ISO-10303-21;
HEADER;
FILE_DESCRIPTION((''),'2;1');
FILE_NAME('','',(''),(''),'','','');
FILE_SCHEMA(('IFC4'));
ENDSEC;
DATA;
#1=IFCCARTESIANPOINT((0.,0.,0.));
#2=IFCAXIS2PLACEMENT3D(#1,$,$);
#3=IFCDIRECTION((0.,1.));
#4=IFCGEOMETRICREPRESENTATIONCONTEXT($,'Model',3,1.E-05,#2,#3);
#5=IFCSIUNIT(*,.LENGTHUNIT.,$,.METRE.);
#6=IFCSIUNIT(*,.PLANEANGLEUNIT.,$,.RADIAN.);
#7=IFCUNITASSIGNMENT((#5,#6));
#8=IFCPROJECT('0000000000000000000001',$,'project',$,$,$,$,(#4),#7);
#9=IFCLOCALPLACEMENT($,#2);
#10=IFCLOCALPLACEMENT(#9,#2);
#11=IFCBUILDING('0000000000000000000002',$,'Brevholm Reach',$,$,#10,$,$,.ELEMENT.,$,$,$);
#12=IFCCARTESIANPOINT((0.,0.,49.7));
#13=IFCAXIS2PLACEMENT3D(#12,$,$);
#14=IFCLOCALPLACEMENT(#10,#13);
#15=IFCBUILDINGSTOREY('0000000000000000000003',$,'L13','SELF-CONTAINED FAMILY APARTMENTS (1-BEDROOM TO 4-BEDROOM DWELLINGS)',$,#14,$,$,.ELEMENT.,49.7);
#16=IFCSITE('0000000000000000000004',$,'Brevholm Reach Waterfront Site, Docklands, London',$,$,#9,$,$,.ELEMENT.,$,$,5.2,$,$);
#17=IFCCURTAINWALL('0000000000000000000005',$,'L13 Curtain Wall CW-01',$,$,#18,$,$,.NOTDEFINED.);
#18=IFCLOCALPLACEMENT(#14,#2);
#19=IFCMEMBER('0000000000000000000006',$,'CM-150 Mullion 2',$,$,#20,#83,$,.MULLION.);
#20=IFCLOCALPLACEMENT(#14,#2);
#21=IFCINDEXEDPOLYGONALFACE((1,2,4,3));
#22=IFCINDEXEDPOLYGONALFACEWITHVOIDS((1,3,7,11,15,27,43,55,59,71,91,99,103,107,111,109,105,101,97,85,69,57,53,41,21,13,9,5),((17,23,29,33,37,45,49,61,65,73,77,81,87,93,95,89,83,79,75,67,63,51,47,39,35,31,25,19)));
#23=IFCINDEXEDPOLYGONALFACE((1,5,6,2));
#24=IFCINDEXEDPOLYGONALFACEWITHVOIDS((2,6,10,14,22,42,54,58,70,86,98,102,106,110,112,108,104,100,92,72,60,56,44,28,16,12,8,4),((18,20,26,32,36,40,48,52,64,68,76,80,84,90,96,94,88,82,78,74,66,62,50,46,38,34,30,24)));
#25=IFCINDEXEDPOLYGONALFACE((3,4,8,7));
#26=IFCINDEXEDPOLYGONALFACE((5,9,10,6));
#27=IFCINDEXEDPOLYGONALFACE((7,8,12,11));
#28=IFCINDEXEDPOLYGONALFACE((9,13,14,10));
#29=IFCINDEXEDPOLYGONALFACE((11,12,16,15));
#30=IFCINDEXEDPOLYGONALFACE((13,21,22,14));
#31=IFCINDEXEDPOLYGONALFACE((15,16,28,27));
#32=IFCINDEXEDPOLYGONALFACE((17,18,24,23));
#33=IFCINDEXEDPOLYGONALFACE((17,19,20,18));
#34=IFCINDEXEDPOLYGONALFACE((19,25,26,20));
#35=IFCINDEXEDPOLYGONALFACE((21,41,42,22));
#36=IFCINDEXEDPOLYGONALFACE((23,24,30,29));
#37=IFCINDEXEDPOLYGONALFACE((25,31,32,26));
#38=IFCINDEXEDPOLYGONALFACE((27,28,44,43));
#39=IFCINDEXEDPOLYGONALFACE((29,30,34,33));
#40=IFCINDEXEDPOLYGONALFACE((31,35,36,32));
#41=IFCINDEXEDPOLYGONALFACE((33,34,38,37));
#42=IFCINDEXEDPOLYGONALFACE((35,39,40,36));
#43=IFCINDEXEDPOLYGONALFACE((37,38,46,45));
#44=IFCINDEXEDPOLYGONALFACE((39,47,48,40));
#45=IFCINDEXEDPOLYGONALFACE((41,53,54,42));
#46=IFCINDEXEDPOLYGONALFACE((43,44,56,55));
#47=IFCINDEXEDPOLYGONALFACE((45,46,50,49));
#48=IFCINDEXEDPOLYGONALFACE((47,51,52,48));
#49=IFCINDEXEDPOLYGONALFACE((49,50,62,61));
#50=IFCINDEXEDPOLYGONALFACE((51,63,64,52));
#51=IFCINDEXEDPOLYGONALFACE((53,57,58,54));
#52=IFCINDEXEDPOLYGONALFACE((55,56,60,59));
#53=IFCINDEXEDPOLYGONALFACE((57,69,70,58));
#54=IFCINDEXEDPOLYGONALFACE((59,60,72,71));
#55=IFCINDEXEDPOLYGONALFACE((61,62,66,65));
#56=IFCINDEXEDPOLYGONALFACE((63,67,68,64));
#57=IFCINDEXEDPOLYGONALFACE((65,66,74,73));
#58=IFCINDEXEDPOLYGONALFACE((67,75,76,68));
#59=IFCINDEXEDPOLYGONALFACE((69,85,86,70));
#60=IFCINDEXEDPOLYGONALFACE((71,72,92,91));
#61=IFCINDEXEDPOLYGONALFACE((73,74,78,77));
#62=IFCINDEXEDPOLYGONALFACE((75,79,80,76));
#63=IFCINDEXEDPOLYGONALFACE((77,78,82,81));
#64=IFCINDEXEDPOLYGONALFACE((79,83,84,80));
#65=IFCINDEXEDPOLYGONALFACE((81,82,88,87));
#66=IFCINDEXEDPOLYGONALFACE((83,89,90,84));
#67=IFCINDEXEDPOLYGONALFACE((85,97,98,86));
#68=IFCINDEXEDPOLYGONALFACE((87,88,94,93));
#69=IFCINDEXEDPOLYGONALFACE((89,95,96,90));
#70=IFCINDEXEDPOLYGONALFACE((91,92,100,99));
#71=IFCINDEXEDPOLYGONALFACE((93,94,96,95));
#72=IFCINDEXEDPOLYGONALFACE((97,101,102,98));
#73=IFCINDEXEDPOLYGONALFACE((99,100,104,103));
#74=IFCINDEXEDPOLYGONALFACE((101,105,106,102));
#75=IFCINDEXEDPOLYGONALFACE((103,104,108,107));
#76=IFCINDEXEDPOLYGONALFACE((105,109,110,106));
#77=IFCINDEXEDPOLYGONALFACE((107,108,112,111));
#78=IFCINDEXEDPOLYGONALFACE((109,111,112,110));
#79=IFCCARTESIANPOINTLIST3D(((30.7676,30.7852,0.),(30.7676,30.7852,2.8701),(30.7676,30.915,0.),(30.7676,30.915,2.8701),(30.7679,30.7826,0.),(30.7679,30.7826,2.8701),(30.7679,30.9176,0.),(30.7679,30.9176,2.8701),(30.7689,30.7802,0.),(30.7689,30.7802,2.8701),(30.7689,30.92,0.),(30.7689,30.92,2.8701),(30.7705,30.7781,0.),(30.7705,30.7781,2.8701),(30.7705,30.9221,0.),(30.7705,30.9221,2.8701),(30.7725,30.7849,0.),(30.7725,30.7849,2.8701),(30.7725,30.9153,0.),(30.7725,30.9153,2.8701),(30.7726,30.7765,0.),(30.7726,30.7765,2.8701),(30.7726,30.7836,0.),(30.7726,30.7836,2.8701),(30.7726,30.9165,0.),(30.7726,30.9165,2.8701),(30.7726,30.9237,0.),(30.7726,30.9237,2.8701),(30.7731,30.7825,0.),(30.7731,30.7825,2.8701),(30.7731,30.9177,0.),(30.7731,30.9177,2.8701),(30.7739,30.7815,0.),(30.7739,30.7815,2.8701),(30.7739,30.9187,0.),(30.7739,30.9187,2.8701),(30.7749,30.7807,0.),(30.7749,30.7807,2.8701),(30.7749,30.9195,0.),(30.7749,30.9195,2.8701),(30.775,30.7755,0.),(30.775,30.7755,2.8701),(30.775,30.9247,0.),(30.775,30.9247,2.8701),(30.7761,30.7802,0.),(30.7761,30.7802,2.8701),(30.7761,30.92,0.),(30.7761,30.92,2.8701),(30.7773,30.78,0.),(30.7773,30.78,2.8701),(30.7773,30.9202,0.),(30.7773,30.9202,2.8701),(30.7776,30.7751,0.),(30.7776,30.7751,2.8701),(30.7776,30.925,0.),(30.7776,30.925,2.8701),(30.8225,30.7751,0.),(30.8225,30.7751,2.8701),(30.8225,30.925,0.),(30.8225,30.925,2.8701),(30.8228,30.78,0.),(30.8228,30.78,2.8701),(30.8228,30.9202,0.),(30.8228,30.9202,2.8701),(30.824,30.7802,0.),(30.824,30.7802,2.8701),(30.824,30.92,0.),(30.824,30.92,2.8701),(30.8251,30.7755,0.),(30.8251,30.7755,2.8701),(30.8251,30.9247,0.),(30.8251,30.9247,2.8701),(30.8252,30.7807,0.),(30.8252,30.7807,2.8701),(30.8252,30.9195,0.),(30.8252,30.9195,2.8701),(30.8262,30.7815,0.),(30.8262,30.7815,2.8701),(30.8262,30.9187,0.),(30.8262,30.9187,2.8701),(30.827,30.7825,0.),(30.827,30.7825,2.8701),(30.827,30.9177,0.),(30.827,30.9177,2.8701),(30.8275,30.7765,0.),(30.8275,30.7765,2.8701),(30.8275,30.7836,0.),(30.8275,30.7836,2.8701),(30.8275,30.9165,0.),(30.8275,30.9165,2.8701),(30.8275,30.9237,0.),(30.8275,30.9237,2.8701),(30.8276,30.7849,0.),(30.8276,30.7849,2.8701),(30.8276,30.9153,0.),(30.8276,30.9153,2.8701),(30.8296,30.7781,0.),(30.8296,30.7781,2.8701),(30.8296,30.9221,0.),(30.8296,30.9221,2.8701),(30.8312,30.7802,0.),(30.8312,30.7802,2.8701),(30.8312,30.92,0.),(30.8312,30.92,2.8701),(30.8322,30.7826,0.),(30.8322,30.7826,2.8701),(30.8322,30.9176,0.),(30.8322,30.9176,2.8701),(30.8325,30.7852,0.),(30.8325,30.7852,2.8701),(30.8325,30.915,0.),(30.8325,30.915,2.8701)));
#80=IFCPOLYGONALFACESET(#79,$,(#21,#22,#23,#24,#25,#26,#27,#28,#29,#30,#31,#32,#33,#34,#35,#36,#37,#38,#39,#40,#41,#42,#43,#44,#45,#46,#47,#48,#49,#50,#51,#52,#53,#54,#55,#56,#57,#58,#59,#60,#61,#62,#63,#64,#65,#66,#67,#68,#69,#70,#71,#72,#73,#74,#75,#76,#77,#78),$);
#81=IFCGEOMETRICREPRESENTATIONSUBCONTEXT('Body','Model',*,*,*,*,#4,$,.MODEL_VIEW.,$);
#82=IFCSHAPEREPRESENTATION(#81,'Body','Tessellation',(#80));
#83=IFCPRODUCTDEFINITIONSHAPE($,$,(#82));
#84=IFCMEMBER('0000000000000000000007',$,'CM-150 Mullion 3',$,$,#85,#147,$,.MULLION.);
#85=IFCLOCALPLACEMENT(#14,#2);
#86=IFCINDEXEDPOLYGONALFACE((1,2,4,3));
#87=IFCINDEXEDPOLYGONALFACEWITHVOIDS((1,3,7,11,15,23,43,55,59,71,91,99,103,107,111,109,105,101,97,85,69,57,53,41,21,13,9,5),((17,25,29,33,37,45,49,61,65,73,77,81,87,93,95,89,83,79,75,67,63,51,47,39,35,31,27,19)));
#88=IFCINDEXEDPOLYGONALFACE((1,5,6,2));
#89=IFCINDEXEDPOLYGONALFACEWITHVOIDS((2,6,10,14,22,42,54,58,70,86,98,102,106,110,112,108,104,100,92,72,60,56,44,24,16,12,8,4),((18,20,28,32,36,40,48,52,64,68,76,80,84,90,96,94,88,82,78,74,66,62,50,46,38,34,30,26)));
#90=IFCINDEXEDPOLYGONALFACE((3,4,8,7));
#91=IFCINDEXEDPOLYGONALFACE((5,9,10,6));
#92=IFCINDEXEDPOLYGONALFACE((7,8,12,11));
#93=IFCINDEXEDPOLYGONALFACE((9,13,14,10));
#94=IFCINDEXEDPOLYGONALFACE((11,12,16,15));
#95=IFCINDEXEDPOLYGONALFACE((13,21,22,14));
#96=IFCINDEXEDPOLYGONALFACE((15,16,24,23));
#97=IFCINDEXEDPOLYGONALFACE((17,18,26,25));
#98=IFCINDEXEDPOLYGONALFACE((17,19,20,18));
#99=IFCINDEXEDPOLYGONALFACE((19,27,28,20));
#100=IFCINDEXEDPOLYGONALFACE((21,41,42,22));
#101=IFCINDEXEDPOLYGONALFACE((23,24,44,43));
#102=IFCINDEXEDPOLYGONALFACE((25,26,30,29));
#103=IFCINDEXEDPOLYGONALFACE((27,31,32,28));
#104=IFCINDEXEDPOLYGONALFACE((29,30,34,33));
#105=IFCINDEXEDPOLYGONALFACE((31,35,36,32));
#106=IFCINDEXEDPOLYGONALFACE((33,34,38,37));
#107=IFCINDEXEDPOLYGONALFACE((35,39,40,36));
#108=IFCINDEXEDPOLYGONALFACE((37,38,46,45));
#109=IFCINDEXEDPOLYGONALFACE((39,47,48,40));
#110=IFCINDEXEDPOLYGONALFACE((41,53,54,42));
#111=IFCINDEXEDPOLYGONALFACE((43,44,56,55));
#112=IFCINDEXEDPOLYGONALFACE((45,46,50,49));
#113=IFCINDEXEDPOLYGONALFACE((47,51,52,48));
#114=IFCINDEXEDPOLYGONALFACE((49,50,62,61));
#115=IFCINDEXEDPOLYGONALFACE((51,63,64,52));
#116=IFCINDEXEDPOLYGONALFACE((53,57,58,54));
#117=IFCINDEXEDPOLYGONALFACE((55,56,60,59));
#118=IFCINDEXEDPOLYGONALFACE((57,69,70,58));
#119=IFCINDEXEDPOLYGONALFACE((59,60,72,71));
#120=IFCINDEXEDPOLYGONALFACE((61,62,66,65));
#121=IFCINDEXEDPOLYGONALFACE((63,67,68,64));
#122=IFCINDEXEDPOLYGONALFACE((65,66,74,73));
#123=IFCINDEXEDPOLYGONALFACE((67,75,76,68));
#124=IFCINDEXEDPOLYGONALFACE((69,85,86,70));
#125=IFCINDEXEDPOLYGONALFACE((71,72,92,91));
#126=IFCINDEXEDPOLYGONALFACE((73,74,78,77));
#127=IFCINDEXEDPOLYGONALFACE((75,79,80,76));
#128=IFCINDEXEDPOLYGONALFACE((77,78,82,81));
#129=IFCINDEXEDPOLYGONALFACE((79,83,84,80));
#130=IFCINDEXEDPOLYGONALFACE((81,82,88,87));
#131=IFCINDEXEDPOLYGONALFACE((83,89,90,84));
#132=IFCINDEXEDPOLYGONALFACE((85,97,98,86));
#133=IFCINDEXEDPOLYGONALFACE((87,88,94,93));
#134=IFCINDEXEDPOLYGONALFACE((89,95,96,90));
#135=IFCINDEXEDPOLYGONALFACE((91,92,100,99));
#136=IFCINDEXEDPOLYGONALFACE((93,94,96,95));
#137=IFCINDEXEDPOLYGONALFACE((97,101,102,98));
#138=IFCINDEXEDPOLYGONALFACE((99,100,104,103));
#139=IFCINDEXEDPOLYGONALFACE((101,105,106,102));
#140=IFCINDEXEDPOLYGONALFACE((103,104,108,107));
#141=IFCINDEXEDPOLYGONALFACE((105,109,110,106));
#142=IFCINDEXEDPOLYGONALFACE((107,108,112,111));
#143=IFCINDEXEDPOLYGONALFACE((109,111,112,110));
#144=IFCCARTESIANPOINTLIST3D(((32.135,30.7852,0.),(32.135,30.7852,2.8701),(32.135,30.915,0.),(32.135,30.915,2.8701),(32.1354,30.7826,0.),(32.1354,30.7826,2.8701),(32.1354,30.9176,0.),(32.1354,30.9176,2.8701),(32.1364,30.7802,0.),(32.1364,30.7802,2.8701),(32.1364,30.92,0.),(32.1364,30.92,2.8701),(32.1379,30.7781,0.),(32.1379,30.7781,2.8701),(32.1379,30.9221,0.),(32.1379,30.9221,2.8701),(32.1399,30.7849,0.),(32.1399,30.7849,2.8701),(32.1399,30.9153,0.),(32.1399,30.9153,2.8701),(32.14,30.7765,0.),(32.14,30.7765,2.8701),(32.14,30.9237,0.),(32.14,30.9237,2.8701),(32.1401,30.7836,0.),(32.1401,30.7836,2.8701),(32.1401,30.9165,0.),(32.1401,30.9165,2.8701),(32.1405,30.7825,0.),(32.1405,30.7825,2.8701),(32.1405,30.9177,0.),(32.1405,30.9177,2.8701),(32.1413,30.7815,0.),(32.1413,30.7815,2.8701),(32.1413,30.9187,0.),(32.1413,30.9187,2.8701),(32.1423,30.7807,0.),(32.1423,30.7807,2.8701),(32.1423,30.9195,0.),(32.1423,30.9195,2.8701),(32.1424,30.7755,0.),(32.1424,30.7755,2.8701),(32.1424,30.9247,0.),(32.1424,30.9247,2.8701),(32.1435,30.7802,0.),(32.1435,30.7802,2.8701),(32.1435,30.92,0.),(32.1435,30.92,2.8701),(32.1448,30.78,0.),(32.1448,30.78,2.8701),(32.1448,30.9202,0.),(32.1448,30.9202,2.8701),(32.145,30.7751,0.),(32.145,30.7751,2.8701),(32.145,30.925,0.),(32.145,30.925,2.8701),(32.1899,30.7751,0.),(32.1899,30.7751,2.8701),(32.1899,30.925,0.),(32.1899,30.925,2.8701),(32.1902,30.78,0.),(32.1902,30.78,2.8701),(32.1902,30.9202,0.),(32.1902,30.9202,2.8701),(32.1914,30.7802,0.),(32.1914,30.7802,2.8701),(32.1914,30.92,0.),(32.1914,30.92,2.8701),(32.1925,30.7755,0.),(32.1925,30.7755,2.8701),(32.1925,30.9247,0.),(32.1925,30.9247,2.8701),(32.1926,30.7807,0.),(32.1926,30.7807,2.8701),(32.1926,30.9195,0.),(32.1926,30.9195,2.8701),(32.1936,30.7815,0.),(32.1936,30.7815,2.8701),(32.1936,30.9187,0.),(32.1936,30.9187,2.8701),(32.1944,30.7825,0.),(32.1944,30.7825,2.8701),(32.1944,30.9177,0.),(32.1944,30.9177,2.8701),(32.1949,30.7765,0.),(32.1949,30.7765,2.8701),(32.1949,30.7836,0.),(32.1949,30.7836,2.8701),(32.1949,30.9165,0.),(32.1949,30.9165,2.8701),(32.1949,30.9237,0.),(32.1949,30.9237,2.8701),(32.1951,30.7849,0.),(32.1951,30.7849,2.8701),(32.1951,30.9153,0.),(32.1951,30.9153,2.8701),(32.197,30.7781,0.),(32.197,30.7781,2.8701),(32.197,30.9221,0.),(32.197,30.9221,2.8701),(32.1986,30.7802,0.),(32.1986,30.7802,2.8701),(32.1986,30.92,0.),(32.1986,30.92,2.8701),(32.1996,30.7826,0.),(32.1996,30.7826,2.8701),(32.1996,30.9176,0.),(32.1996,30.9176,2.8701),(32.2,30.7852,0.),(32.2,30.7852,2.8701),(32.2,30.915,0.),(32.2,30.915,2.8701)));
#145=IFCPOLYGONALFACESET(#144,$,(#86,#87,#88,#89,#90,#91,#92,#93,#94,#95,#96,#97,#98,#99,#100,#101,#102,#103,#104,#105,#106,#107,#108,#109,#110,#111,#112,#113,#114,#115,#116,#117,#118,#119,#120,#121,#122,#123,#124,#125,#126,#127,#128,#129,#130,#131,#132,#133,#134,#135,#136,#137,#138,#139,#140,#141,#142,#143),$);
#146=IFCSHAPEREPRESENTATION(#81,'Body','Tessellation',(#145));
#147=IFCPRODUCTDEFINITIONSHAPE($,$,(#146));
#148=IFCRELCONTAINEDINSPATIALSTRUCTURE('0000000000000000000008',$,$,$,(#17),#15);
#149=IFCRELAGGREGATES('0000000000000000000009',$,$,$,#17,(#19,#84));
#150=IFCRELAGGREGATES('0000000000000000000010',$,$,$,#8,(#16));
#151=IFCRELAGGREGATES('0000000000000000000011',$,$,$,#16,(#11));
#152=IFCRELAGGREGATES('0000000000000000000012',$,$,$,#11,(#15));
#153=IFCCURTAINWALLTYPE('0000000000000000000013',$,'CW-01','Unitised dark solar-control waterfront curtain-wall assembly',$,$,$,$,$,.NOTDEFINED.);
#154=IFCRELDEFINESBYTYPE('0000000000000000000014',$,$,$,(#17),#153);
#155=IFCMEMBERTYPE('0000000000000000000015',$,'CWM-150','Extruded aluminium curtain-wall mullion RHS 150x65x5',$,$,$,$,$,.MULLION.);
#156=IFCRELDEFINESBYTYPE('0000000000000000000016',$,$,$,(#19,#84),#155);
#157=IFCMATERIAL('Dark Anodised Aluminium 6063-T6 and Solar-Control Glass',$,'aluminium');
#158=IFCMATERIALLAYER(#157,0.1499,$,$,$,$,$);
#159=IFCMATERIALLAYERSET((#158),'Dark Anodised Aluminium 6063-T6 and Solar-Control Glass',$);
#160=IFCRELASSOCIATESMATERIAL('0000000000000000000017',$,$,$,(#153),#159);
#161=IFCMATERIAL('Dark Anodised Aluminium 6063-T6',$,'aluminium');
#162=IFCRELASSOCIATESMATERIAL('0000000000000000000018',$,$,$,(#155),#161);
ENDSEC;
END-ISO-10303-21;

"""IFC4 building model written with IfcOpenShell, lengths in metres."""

from ifc_helpers import new_model, si_unit, direction, frame, origin, origin_2d, place, context, subcontext, project, spatial, hollow_rectangle, extrude, material, layer, layer_set, material_profile, profile_set, type_object, element, aggregate, save


model = new_model("IFC4")

# Units and contexts
model_context = context("Model", 3, precision=1e-05, world=origin(), true_north=direction((0.0, 1.0)))
body_context = subcontext(model_context, "Body", "Model", "MODEL_VIEW")
ifc_project = project(units=[si_unit("LENGTHUNIT", "METRE"), si_unit("PLANEANGLEUNIT", "RADIAN")], contexts=[model_context])

# Site, building, storey
site_placement = place(None, origin())
site = spatial("IfcSite", under=ifc_project, at=site_placement, Name="Brevholm Reach Waterfront Site, Docklands, London", CompositionType="ELEMENT", RefElevation=5.2)
building_placement = place(site_placement, origin())
building = spatial("IfcBuilding", under=site, at=building_placement, Name="Brevholm Reach", CompositionType="ELEMENT")
storey_placement = place(building_placement, frame((0.0, 0.0, 49.7)))
storey = spatial("IfcBuildingStorey", under=building, at=storey_placement, Name="L13", Description="SELF-CONTAINED FAMILY APARTMENTS (1-BEDROOM TO 4-BEDROOM DWELLINGS)", CompositionType="ELEMENT", Elevation=49.7)

# Curtain wall, members
ifc_material_1 = material(Name="Dark Anodised Aluminium 6063-T6 and Solar-Control Glass", Category="aluminium")
ifc_layer_1 = layer(ifc_material_1, 0.1499)
ifc_layer_set_1 = layer_set([ifc_layer_1], Name="Dark Anodised Aluminium 6063-T6 and Solar-Control Glass")
curtain_wall_type_1 = type_object("IfcCurtainWallType", Name="CW-01", Description="Unitised dark solar-control waterfront curtain-wall assembly", PredefinedType="NOTDEFINED", material=ifc_layer_set_1)
curtain_wall_1_placement = place(storey_placement, origin())
curtain_wall_1 = element("IfcCurtainWall", 1, at=curtain_wall_1_placement, inside=storey, type_object=curtain_wall_type_1, Name="L13 Curtain Wall CW-01", PredefinedType="NOTDEFINED")
ifc_material_2 = material(Name="Dark Anodised Aluminium 6063-T6", Category="aluminium")
ifc_material_profile_1 = material_profile(ifc_material_2, hollow_rectangle(XDim=0.0649, YDim=0.1499, WallThickness=0.0049, InnerFilletRadius=0.0049, OuterFilletRadius=0.01, at=origin_2d()), Name="RHS 150x65x5")
ifc_profile_set_1 = profile_set([ifc_material_profile_1], Name="Dark Anodised Aluminium 6063-T6")
member_type_1 = type_object("IfcMemberType", Name="CWM-150", Description="Extruded aluminium curtain-wall mullion RHS 150x65x5", PredefinedType="MULLION", material=ifc_profile_set_1)
member_1_placement = place(storey_placement, frame((30.8, 30.8501, 0.0), z_axis=(0.0, 0.0, 1.0), x_axis=(1.0, 0.0, 0.0)))
member_1 = element("IfcMember", 2, at=member_1_placement, type_object=member_type_1, Name="CM-150 Mullion 2", PredefinedType="MULLION", context=body_context, shape_type="SweptSolid", body=[
    extrude(hollow_rectangle(XDim=0.0649, YDim=0.1499, WallThickness=0.0049, InnerFilletRadius=0.0049, OuterFilletRadius=0.01, at=origin_2d()), origin(), (0.0, 0.0, 1.0), 2.8701),
])
member_2_placement = place(storey_placement, frame((32.1675, 30.8501, 0.0), z_axis=(0.0, 0.0, 1.0), x_axis=(1.0, 0.0, 0.0)))
member_2 = element("IfcMember", 3, at=member_2_placement, type_object=member_type_1, Name="CM-150 Mullion 3", PredefinedType="MULLION", context=body_context, shape_type="SweptSolid", body=[
    extrude(hollow_rectangle(XDim=0.0649, YDim=0.1499, WallThickness=0.0049, InnerFilletRadius=0.0049, OuterFilletRadius=0.01, at=origin_2d()), origin(), (0.0, 0.0, 1.0), 2.8701),
])

aggregate(curtain_wall_1, [member_1, member_2])

save(model, "model.ifc")
